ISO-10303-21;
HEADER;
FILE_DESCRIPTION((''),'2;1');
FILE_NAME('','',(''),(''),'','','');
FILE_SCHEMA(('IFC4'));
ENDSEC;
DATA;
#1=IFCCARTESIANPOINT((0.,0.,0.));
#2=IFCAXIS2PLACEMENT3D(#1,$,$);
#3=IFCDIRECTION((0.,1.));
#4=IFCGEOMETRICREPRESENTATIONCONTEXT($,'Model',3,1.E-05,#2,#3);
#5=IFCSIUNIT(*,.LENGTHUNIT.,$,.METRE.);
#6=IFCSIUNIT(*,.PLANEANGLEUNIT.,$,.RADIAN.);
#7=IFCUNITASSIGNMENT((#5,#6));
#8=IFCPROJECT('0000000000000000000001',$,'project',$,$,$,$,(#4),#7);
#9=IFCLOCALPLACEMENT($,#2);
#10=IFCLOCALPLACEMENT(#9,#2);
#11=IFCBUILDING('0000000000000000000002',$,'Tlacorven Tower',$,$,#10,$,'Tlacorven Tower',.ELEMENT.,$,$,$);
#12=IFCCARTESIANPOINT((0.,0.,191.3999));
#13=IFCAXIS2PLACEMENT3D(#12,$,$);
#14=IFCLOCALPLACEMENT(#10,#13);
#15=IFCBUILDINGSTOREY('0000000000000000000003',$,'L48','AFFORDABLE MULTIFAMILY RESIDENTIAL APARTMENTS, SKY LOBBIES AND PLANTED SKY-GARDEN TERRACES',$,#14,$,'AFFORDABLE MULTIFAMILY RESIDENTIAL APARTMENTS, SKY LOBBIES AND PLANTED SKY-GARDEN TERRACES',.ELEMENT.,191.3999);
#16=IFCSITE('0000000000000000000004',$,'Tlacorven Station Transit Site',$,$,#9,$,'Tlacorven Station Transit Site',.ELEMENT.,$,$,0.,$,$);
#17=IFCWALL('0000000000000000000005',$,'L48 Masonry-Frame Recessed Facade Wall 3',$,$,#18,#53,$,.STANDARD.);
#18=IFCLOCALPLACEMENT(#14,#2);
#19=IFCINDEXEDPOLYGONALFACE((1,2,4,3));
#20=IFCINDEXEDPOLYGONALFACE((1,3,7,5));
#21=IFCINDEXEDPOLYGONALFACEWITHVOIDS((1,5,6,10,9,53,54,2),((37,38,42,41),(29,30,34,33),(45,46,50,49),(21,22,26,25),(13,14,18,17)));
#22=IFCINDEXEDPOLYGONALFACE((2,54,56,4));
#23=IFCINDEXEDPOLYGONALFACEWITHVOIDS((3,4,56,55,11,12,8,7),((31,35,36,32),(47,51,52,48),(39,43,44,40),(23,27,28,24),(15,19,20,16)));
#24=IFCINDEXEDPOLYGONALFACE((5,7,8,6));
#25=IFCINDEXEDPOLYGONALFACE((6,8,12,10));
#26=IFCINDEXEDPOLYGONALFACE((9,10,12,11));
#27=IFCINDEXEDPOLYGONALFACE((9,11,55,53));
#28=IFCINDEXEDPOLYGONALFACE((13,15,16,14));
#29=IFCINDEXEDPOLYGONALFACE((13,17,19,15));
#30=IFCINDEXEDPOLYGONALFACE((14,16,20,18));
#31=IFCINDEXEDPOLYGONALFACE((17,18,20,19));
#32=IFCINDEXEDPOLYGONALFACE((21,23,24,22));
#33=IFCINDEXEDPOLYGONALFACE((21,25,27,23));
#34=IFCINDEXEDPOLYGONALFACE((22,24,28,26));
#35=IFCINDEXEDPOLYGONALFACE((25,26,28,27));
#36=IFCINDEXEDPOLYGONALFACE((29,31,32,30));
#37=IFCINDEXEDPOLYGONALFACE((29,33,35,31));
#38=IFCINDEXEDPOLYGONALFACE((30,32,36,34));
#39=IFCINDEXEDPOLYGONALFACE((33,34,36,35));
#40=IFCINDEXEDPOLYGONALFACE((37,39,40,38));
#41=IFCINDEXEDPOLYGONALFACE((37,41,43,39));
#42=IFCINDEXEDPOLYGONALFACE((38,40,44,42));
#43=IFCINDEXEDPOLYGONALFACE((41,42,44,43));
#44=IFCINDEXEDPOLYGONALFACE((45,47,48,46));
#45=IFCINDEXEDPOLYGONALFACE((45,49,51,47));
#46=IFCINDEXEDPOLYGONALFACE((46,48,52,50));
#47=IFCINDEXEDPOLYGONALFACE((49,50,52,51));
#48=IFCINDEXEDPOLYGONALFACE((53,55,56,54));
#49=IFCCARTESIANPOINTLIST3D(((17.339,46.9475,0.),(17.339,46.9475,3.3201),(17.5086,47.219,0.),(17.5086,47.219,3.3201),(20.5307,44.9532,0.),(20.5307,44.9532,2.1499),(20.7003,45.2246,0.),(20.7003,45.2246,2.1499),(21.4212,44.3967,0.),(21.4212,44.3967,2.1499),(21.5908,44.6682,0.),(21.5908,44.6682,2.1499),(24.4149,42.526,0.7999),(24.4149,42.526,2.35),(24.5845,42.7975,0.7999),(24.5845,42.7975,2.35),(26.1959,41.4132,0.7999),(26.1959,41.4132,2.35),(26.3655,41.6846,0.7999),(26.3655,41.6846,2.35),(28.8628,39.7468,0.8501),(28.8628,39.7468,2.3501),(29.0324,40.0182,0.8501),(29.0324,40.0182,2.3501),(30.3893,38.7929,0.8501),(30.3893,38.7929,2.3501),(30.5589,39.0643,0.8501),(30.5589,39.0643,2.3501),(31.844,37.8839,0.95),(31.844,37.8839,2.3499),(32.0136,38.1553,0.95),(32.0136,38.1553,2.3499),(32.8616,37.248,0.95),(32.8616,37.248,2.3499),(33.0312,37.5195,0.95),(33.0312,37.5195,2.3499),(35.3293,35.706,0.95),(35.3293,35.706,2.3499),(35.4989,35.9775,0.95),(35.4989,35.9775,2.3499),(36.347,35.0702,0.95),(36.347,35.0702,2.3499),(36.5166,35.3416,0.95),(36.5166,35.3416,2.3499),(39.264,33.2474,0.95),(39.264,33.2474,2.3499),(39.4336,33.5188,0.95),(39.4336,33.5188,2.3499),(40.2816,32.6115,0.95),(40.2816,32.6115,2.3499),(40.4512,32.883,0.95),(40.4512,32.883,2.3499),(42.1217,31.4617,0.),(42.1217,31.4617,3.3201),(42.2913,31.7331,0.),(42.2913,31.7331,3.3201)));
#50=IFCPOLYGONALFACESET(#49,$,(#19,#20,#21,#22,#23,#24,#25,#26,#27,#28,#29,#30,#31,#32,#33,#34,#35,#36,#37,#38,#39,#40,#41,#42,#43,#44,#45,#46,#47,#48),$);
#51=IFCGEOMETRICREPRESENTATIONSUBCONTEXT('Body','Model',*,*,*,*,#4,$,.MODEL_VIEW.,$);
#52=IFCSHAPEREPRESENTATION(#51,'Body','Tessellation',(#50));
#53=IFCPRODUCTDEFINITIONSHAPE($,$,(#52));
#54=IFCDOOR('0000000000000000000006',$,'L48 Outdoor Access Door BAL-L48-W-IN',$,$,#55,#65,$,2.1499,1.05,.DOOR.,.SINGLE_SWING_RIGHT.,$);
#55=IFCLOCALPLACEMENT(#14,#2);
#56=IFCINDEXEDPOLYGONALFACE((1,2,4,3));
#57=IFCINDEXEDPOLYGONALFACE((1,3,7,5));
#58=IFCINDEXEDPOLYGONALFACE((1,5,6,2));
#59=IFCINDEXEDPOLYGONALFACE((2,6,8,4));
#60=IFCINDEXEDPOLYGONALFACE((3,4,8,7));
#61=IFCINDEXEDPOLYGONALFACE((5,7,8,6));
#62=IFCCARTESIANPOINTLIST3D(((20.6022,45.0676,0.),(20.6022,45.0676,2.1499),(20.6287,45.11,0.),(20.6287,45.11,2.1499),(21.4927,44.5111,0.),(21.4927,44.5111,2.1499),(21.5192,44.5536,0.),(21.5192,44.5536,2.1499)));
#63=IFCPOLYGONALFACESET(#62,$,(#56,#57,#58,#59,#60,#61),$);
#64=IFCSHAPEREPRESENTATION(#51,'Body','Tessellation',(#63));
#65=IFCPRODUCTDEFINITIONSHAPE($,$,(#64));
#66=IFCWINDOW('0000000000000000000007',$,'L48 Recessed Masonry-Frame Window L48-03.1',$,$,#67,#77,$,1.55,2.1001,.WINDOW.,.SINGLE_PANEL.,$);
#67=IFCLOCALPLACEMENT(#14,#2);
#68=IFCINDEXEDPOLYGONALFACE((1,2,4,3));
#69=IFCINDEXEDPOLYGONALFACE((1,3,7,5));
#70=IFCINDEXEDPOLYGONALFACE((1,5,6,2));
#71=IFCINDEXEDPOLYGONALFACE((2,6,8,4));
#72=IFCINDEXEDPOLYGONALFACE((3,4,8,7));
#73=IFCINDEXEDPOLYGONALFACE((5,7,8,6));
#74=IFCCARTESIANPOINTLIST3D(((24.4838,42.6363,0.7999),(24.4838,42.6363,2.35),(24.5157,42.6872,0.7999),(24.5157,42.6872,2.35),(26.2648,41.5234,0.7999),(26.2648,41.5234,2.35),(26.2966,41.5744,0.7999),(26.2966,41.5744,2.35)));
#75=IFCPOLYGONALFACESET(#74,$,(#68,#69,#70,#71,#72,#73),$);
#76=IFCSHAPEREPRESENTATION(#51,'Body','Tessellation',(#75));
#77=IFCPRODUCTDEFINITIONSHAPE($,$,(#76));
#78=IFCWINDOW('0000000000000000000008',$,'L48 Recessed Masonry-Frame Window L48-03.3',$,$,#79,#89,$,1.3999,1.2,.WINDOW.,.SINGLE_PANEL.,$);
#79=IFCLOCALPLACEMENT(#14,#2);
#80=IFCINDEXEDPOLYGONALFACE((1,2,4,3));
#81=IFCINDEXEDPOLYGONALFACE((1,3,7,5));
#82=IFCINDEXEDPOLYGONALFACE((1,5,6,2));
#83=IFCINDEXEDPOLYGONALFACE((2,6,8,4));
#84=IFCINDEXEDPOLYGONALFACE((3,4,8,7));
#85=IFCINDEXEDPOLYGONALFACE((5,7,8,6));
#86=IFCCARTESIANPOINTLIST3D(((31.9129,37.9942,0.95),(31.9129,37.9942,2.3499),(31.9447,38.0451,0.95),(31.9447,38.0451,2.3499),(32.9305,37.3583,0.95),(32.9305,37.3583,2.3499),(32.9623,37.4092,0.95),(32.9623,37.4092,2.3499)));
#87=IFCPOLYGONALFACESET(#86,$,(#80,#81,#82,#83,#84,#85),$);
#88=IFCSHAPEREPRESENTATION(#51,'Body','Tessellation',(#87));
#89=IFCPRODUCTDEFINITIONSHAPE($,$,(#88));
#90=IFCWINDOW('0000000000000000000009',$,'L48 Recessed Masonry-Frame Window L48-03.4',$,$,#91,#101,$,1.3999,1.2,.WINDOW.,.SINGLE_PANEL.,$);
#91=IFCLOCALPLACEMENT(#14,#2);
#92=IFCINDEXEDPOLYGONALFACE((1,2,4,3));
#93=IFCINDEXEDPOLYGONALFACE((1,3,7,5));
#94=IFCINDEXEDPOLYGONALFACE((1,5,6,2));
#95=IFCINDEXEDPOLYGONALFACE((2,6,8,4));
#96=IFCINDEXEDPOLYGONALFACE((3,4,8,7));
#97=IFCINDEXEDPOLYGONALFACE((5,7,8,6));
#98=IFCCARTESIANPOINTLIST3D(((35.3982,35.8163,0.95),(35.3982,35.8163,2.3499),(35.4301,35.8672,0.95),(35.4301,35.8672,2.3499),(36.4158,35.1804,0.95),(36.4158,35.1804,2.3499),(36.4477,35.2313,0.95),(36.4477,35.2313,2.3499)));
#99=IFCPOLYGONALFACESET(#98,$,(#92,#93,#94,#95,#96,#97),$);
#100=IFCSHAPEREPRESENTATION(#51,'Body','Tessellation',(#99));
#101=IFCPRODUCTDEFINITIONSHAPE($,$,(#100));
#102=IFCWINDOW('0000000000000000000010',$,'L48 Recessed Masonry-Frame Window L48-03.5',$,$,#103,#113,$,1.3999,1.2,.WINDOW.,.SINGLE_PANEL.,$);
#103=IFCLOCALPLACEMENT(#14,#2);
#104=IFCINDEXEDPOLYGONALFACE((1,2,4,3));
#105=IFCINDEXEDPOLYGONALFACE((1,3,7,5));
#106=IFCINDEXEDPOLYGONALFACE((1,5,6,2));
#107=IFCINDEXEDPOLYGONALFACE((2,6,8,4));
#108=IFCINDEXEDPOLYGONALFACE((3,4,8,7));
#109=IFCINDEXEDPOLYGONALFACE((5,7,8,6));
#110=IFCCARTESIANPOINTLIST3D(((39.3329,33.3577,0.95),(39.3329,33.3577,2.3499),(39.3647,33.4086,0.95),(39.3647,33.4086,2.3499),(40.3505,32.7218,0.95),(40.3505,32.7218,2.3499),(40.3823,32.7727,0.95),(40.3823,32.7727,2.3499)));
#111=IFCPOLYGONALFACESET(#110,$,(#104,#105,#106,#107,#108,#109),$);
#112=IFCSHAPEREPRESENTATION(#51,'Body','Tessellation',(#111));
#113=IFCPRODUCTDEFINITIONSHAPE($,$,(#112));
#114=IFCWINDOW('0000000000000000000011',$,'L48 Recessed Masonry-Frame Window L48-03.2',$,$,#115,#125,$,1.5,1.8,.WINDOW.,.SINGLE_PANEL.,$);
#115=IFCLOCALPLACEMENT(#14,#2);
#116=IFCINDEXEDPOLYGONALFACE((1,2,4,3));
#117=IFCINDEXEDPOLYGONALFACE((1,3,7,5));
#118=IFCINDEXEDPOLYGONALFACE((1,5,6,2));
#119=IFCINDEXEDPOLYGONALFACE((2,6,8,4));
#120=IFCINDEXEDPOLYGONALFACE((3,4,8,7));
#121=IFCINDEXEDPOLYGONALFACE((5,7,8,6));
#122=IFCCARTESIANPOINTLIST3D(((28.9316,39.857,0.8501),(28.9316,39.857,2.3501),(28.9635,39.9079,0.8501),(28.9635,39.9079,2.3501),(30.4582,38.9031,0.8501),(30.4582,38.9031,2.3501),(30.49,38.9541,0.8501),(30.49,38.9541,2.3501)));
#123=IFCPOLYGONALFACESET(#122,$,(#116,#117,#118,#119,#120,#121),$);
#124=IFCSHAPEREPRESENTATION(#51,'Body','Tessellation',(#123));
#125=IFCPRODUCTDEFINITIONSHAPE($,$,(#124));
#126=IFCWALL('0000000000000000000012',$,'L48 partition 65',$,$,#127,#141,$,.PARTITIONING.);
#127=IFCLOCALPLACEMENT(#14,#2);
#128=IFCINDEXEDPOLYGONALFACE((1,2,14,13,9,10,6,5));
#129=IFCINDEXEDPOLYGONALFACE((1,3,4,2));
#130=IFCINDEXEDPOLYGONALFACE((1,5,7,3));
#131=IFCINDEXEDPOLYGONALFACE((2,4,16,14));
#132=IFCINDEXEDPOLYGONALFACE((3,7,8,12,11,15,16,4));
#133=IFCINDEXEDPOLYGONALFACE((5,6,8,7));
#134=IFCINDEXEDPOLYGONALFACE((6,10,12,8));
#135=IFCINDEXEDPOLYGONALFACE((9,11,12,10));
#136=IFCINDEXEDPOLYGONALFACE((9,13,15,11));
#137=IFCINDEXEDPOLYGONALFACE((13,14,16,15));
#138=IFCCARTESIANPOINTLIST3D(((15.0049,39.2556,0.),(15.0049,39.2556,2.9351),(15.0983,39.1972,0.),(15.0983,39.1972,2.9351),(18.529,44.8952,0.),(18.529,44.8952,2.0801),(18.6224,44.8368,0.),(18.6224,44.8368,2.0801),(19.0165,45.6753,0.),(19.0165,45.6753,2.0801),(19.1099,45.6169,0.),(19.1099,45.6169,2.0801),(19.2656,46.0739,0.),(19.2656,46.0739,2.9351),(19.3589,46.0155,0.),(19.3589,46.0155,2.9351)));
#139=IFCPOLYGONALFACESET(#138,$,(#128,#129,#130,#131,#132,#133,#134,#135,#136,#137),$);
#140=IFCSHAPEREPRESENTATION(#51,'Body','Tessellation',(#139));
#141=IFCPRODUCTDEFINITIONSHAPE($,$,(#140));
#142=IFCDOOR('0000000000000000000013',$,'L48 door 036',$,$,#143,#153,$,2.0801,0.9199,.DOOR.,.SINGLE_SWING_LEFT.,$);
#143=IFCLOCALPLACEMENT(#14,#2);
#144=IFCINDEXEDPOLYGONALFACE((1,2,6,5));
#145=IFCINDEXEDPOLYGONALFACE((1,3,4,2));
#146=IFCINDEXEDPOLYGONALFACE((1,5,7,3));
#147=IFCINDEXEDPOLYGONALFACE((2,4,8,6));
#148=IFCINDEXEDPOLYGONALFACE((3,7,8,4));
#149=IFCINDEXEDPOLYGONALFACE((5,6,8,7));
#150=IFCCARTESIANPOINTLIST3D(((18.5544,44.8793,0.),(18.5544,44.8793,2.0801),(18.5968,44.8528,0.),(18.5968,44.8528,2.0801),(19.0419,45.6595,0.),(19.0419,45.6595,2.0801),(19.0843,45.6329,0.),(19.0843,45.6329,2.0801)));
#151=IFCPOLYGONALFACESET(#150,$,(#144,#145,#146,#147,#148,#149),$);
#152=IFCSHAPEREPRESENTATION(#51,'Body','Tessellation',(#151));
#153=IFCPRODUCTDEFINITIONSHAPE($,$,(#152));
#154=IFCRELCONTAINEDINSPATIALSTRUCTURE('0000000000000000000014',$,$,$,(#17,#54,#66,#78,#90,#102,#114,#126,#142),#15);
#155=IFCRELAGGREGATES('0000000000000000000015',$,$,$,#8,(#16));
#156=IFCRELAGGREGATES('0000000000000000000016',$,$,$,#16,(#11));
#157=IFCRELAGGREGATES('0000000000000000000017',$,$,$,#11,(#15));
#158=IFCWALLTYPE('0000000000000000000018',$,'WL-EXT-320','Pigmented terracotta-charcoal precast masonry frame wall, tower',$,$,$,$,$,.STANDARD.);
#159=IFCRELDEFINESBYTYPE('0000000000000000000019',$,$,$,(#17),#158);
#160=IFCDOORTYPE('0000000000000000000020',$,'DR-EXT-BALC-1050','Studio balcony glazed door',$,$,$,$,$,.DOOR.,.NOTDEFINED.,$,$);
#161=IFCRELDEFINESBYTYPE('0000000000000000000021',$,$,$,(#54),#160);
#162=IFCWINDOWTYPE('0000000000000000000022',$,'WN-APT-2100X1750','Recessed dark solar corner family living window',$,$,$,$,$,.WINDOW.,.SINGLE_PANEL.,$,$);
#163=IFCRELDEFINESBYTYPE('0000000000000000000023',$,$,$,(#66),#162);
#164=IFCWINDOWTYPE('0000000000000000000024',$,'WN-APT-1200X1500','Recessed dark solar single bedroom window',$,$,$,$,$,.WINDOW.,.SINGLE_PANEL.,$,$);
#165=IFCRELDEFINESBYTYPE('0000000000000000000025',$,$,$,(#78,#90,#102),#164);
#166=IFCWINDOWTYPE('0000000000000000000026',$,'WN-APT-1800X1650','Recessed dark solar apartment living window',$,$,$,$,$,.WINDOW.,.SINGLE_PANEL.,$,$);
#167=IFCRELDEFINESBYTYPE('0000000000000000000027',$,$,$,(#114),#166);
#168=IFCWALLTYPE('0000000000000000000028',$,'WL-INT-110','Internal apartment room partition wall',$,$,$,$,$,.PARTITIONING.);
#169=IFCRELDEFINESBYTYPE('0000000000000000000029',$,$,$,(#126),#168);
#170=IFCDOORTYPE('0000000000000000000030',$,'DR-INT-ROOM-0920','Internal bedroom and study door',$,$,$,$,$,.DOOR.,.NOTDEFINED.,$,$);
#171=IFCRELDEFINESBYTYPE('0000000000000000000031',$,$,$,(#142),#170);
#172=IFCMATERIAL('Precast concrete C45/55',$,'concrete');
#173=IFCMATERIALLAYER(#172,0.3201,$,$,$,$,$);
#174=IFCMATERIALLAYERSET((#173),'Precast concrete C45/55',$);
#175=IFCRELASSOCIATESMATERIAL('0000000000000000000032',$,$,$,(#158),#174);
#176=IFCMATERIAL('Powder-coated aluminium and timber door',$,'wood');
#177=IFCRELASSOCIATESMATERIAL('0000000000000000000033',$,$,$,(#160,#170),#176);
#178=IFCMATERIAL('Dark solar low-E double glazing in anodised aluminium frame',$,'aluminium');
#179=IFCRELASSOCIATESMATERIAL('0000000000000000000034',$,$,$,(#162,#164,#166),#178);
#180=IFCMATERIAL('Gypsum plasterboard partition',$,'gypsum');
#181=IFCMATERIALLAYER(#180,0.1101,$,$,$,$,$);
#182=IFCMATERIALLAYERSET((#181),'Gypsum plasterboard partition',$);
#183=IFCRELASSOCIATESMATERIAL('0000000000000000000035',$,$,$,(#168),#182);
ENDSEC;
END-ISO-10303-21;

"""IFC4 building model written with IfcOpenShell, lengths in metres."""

from ifc_helpers import new_model, si_unit, direction, frame, frame_2d, origin, place, context, subcontext, project, spatial, rectangle, extrude, source, transform, mapped, material, layer, layer_set, type_object, element, fill, save


model = new_model("IFC4")

# Units and contexts
model_context = context("Model", 3, precision=1e-05, world=origin(), true_north=direction((0.0, 1.0)))
body_context = subcontext(model_context, "Body", "Model", "MODEL_VIEW")
ifc_project = project(units=[si_unit("LENGTHUNIT", "METRE"), si_unit("PLANEANGLEUNIT", "RADIAN")], contexts=[model_context])

# Site, building, storey
site_placement = place(None, origin())
site = spatial("IfcSite", under=ifc_project, at=site_placement, Name="Tlacorven Station Transit Site", LongName="Tlacorven Station Transit Site", CompositionType="ELEMENT", RefElevation=0.0)
building_placement = place(site_placement, origin())
building = spatial("IfcBuilding", under=site, at=building_placement, Name="Tlacorven Tower", LongName="Tlacorven Tower", CompositionType="ELEMENT")
storey_placement = place(building_placement, frame((0.0, 0.0, 191.3999)))
storey = spatial("IfcBuildingStorey", under=building, at=storey_placement, Name="L48", Description="AFFORDABLE MULTIFAMILY RESIDENTIAL APARTMENTS, SKY LOBBIES AND PLANTED SKY-GARDEN TERRACES", LongName="AFFORDABLE MULTIFAMILY RESIDENTIAL APARTMENTS, SKY LOBBIES AND PLANTED SKY-GARDEN TERRACES", CompositionType="ELEMENT", Elevation=191.3999)

# Wall, openings, door, windows
ifc_material_1 = material(Name="Precast concrete C45/55", Category="concrete")
ifc_layer_1 = layer(ifc_material_1, 0.3201)
ifc_layer_set_1 = layer_set([ifc_layer_1], Name="Precast concrete C45/55")
wall_type_1 = type_object("IfcWallType", Name="WL-EXT-320", Description="Pigmented terracotta-charcoal precast masonry frame wall, tower", PredefinedType="STANDARD", material=ifc_layer_set_1)
wall_1_placement = place(storey_placement, frame((17.4238, 47.0833, 0.0), z_axis=(0.0, 0.0, 1.0), x_axis=(0.84805, -0.529916, 0.0)))
wall_1 = element("IfcWall", 1, at=wall_1_placement, inside=storey, type_object=wall_type_1, Name="L48 Masonry-Frame Recessed Facade Wall 3", PredefinedType="STANDARD", context=body_context, shape_type="SweptSolid", body=[
    extrude(rectangle(XDim=29.2231, YDim=0.3201, at=frame_2d((14.6116, 0.0))), origin(), (0.0, 0.0, 1.0), 3.3201),
])
opening_1_placement = place(wall_1_placement, frame((3.7637, 0.0, 0.0)))
opening_1 = element("IfcOpeningElement", 2, at=opening_1_placement, cuts=wall_1, PredefinedType="OPENING", context=body_context, shape_type="SweptSolid", body=[
    extrude(rectangle(XDim=1.05, YDim=2.1499, at=frame_2d((0.5249, 1.075))), frame((0.0, 0.1699, 0.0), z_axis=(0.0, -1.0, 0.0), x_axis=(1.0, 0.0, 0.0)), (0.0, 0.0, 1.0), 0.3401),
])
opening_2_placement = place(wall_1_placement, frame((8.3438, 0.0, 0.8)))
opening_2 = element("IfcOpeningElement", 3, at=opening_2_placement, cuts=wall_1, PredefinedType="OPENING", context=body_context, shape_type="SweptSolid", body=[
    extrude(rectangle(XDim=2.1001, YDim=1.55, at=frame_2d((1.05, 0.7749))), frame((0.0, 0.1699, 0.0), z_axis=(0.0, -1.0, 0.0), x_axis=(1.0, 0.0, 0.0)), (0.0, 0.0, 1.0), 0.3401),
])
opening_3_placement = place(wall_1_placement, frame((13.5886, 0.0, 0.8501)))
opening_3 = element("IfcOpeningElement", 4, at=opening_3_placement, cuts=wall_1, PredefinedType="OPENING", context=body_context, shape_type="SweptSolid", body=[
    extrude(rectangle(XDim=1.8, YDim=1.5, at=frame_2d((0.8999, 0.75))), frame((0.0, 0.1699, 0.0), z_axis=(0.0, -1.0, 0.0), x_axis=(1.0, 0.0, 0.0)), (0.0, 0.0, 1.0), 0.3401),
])
opening_4_placement = place(wall_1_placement, frame((17.1038, 0.0, 0.95)))
opening_4 = element("IfcOpeningElement", 5, at=opening_4_placement, cuts=wall_1, PredefinedType="OPENING", context=body_context, shape_type="SweptSolid", body=[
    extrude(rectangle(XDim=1.2, YDim=1.3999, at=frame_2d((0.6001, 0.7))), frame((0.0, 0.1699, 0.0), z_axis=(0.0, -1.0, 0.0), x_axis=(1.0, 0.0, 0.0)), (0.0, 0.0, 1.0), 0.3401),
])
opening_5_placement = place(wall_1_placement, frame((21.2136, 0.0, 0.95)))
opening_5 = element("IfcOpeningElement", 6, at=opening_5_placement, cuts=wall_1, PredefinedType="OPENING", context=body_context, shape_type="SweptSolid", body=[
    extrude(rectangle(XDim=1.2, YDim=1.3999, at=frame_2d((0.6001, 0.7))), frame((0.0, 0.1699, 0.0), z_axis=(0.0, -1.0, 0.0), x_axis=(1.0, 0.0, 0.0)), (0.0, 0.0, 1.0), 0.3401),
])
opening_6_placement = place(wall_1_placement, frame((25.8533, 0.0, 0.95)))
opening_6 = element("IfcOpeningElement", 7, at=opening_6_placement, cuts=wall_1, PredefinedType="OPENING", context=body_context, shape_type="SweptSolid", body=[
    extrude(rectangle(XDim=1.2, YDim=1.3999, at=frame_2d((0.6001, 0.7))), frame((0.0, 0.1699, 0.0), z_axis=(0.0, -1.0, 0.0), x_axis=(1.0, 0.0, 0.0)), (0.0, 0.0, 1.0), 0.3401),
])
ifc_material_2 = material(Name="Powder-coated aluminium and timber door", Category="wood")
door_type_1 = type_object("IfcDoorType", Name="DR-EXT-BALC-1050", Description="Studio balcony glazed door", OperationType="NOTDEFINED", PredefinedType="DOOR", material=ifc_material_2)
shared_shape_1 = source(origin(), body_context, "Body", "SweptSolid", [
    extrude(rectangle(XDim=1.05, YDim=2.1499, at=frame_2d((0.5249, 1.075))), frame((0.0, 0.0249, 0.0), z_axis=(0.0, -1.0, 0.0), x_axis=(1.0, 0.0, 0.0)), (0.0, 0.0, 1.0), 0.05),
])
door_1_placement = place(opening_1_placement, origin())
door_1 = element("IfcDoor", 8, at=door_1_placement, inside=storey, type_object=door_type_1, Name="L48 Outdoor Access Door BAL-L48-W-IN", OperationType="SINGLE_SWING_RIGHT", OverallHeight=2.1499, OverallWidth=1.05, PredefinedType="DOOR", context=body_context, shape_type="MappedRepresentation", body=[
    mapped(shared_shape_1, transform((0.0, 0.0, 0.0), scale=1.0)),
])
fill(opening_1, door_1)
ifc_material_3 = material(Name="Dark solar low-E double glazing in anodised aluminium frame", Category="aluminium")
window_type_1 = type_object("IfcWindowType", Name="WN-APT-2100X1750", Description="Recessed dark solar corner family living window", PartitioningType="SINGLE_PANEL", PredefinedType="WINDOW", material=ifc_material_3)
shared_shape_2 = source(origin(), body_context, "Body", "SweptSolid", [
    extrude(rectangle(XDim=2.1001, YDim=1.55, at=frame_2d((1.05, 0.7749))), frame((0.0, 0.03, 0.0), z_axis=(0.0, -1.0, 0.0), x_axis=(1.0, 0.0, 0.0)), (0.0, 0.0, 1.0), 0.0601),
])
window_1_placement = place(opening_2_placement, origin())
window_1 = element("IfcWindow", 9, at=window_1_placement, inside=storey, type_object=window_type_1, Name="L48 Recessed Masonry-Frame Window L48-03.1", OverallHeight=1.55, OverallWidth=2.1001, PartitioningType="SINGLE_PANEL", PredefinedType="WINDOW", context=body_context, shape_type="MappedRepresentation", body=[
    mapped(shared_shape_2, transform((0.0, 0.0, 0.0), scale=1.0)),
])
fill(opening_2, window_1)
window_type_2 = type_object("IfcWindowType", Name="WN-APT-1200X1500", Description="Recessed dark solar single bedroom window", PartitioningType="SINGLE_PANEL", PredefinedType="WINDOW", material=ifc_material_3)
shared_shape_3 = source(origin(), body_context, "Body", "SweptSolid", [
    extrude(rectangle(XDim=1.2, YDim=1.3999, at=frame_2d((0.6001, 0.7))), frame((0.0, 0.03, 0.0), z_axis=(0.0, -1.0, 0.0), x_axis=(1.0, 0.0, 0.0)), (0.0, 0.0, 1.0), 0.0601),
])
window_2_placement = place(opening_4_placement, origin())
window_2 = element("IfcWindow", 10, at=window_2_placement, inside=storey, type_object=window_type_2, Name="L48 Recessed Masonry-Frame Window L48-03.3", OverallHeight=1.3999, OverallWidth=1.2, PartitioningType="SINGLE_PANEL", PredefinedType="WINDOW", context=body_context, shape_type="MappedRepresentation", body=[
    mapped(shared_shape_3, transform((0.0, 0.0, 0.0), scale=1.0)),
])
fill(opening_4, window_2)
window_3_placement = place(opening_5_placement, origin())
window_3 = element("IfcWindow", 11, at=window_3_placement, inside=storey, type_object=window_type_2, Name="L48 Recessed Masonry-Frame Window L48-03.4", OverallHeight=1.3999, OverallWidth=1.2, PartitioningType="SINGLE_PANEL", PredefinedType="WINDOW", context=body_context, shape_type="MappedRepresentation", body=[
    mapped(shared_shape_3, transform((0.0, 0.0, 0.0), scale=1.0)),
])
fill(opening_5, window_3)
window_4_placement = place(opening_6_placement, origin())
window_4 = element("IfcWindow", 12, at=window_4_placement, inside=storey, type_object=window_type_2, Name="L48 Recessed Masonry-Frame Window L48-03.5", OverallHeight=1.3999, OverallWidth=1.2, PartitioningType="SINGLE_PANEL", PredefinedType="WINDOW", context=body_context, shape_type="MappedRepresentation", body=[
    mapped(shared_shape_3, transform((0.0, 0.0, 0.0), scale=1.0)),
])
fill(opening_6, window_4)
window_type_3 = type_object("IfcWindowType", Name="WN-APT-1800X1650", Description="Recessed dark solar apartment living window", PartitioningType="SINGLE_PANEL", PredefinedType="WINDOW", material=ifc_material_3)
shared_shape_4 = source(origin(), body_context, "Body", "SweptSolid", [
    extrude(rectangle(XDim=1.8, YDim=1.5, at=frame_2d((0.8999, 0.75))), frame((0.0, 0.03, 0.0), z_axis=(0.0, -1.0, 0.0), x_axis=(1.0, 0.0, 0.0)), (0.0, 0.0, 1.0), 0.0601),
])
window_5_placement = place(opening_3_placement, origin())
window_5 = element("IfcWindow", 13, at=window_5_placement, inside=storey, type_object=window_type_3, Name="L48 Recessed Masonry-Frame Window L48-03.2", OverallHeight=1.5, OverallWidth=1.8, PartitioningType="SINGLE_PANEL", PredefinedType="WINDOW", context=body_context, shape_type="MappedRepresentation", body=[
    mapped(shared_shape_4, transform((0.0, 0.0, 0.0), scale=1.0)),
])
fill(opening_3, window_5)

# Wall, opening, door
ifc_material_4 = material(Name="Gypsum plasterboard partition", Category="gypsum")
ifc_layer_2 = layer(ifc_material_4, 0.1101)
ifc_layer_set_2 = layer_set([ifc_layer_2], Name="Gypsum plasterboard partition")
wall_type_2 = type_object("IfcWallType", Name="WL-INT-110", Description="Internal apartment room partition wall", PredefinedType="PARTITIONING", material=ifc_layer_set_2)
wall_2_placement = place(storey_placement, frame((19.3123, 46.0447, 0.0), z_axis=(0.0, 0.0, 1.0), x_axis=(-0.529933, -0.848039, 0.0)))
wall_2 = element("IfcWall", 14, at=wall_2_placement, inside=storey, type_object=wall_type_2, Name="L48 partition 65", PredefinedType="PARTITIONING", context=body_context, shape_type="SweptSolid", body=[
    extrude(rectangle(XDim=8.04, YDim=0.1101, at=frame_2d((4.02, 0.0))), origin(), (0.0, 0.0, 1.0), 2.9351),
])
opening_7_placement = place(wall_2_placement, frame((0.47, 0.0, 0.0)))
opening_7 = element("IfcOpeningElement", 15, at=opening_7_placement, cuts=wall_2, PredefinedType="OPENING", context=body_context, shape_type="SweptSolid", body=[
    extrude(rectangle(XDim=0.9199, YDim=2.0801, at=frame_2d((0.46, 1.04))), frame((0.0, 0.0649, 0.0), z_axis=(0.0, -1.0, 0.0), x_axis=(1.0, 0.0, 0.0)), (0.0, 0.0, 1.0), 0.1301),
])
door_type_2 = type_object("IfcDoorType", Name="DR-INT-ROOM-0920", Description="Internal bedroom and study door", OperationType="NOTDEFINED", PredefinedType="DOOR", material=ifc_material_2)
shared_shape_5 = source(origin(), body_context, "Body", "SweptSolid", [
    extrude(rectangle(XDim=0.9199, YDim=2.0801, at=frame_2d((0.46, 1.04))), frame((0.0, 0.0249, 0.0), z_axis=(0.0, -1.0, 0.0), x_axis=(1.0, 0.0, 0.0)), (0.0, 0.0, 1.0), 0.05),
])
door_2_placement = place(opening_7_placement, origin())
door_2 = element("IfcDoor", 16, at=door_2_placement, inside=storey, type_object=door_type_2, Name="L48 door 036", OperationType="SINGLE_SWING_LEFT", OverallHeight=2.0801, OverallWidth=0.9199, PredefinedType="DOOR", context=body_context, shape_type="MappedRepresentation", body=[
    mapped(shared_shape_5, transform((0.0, 0.0, 0.0), scale=1.0)),
])
fill(opening_7, door_2)

save(model, "model.ifc")
